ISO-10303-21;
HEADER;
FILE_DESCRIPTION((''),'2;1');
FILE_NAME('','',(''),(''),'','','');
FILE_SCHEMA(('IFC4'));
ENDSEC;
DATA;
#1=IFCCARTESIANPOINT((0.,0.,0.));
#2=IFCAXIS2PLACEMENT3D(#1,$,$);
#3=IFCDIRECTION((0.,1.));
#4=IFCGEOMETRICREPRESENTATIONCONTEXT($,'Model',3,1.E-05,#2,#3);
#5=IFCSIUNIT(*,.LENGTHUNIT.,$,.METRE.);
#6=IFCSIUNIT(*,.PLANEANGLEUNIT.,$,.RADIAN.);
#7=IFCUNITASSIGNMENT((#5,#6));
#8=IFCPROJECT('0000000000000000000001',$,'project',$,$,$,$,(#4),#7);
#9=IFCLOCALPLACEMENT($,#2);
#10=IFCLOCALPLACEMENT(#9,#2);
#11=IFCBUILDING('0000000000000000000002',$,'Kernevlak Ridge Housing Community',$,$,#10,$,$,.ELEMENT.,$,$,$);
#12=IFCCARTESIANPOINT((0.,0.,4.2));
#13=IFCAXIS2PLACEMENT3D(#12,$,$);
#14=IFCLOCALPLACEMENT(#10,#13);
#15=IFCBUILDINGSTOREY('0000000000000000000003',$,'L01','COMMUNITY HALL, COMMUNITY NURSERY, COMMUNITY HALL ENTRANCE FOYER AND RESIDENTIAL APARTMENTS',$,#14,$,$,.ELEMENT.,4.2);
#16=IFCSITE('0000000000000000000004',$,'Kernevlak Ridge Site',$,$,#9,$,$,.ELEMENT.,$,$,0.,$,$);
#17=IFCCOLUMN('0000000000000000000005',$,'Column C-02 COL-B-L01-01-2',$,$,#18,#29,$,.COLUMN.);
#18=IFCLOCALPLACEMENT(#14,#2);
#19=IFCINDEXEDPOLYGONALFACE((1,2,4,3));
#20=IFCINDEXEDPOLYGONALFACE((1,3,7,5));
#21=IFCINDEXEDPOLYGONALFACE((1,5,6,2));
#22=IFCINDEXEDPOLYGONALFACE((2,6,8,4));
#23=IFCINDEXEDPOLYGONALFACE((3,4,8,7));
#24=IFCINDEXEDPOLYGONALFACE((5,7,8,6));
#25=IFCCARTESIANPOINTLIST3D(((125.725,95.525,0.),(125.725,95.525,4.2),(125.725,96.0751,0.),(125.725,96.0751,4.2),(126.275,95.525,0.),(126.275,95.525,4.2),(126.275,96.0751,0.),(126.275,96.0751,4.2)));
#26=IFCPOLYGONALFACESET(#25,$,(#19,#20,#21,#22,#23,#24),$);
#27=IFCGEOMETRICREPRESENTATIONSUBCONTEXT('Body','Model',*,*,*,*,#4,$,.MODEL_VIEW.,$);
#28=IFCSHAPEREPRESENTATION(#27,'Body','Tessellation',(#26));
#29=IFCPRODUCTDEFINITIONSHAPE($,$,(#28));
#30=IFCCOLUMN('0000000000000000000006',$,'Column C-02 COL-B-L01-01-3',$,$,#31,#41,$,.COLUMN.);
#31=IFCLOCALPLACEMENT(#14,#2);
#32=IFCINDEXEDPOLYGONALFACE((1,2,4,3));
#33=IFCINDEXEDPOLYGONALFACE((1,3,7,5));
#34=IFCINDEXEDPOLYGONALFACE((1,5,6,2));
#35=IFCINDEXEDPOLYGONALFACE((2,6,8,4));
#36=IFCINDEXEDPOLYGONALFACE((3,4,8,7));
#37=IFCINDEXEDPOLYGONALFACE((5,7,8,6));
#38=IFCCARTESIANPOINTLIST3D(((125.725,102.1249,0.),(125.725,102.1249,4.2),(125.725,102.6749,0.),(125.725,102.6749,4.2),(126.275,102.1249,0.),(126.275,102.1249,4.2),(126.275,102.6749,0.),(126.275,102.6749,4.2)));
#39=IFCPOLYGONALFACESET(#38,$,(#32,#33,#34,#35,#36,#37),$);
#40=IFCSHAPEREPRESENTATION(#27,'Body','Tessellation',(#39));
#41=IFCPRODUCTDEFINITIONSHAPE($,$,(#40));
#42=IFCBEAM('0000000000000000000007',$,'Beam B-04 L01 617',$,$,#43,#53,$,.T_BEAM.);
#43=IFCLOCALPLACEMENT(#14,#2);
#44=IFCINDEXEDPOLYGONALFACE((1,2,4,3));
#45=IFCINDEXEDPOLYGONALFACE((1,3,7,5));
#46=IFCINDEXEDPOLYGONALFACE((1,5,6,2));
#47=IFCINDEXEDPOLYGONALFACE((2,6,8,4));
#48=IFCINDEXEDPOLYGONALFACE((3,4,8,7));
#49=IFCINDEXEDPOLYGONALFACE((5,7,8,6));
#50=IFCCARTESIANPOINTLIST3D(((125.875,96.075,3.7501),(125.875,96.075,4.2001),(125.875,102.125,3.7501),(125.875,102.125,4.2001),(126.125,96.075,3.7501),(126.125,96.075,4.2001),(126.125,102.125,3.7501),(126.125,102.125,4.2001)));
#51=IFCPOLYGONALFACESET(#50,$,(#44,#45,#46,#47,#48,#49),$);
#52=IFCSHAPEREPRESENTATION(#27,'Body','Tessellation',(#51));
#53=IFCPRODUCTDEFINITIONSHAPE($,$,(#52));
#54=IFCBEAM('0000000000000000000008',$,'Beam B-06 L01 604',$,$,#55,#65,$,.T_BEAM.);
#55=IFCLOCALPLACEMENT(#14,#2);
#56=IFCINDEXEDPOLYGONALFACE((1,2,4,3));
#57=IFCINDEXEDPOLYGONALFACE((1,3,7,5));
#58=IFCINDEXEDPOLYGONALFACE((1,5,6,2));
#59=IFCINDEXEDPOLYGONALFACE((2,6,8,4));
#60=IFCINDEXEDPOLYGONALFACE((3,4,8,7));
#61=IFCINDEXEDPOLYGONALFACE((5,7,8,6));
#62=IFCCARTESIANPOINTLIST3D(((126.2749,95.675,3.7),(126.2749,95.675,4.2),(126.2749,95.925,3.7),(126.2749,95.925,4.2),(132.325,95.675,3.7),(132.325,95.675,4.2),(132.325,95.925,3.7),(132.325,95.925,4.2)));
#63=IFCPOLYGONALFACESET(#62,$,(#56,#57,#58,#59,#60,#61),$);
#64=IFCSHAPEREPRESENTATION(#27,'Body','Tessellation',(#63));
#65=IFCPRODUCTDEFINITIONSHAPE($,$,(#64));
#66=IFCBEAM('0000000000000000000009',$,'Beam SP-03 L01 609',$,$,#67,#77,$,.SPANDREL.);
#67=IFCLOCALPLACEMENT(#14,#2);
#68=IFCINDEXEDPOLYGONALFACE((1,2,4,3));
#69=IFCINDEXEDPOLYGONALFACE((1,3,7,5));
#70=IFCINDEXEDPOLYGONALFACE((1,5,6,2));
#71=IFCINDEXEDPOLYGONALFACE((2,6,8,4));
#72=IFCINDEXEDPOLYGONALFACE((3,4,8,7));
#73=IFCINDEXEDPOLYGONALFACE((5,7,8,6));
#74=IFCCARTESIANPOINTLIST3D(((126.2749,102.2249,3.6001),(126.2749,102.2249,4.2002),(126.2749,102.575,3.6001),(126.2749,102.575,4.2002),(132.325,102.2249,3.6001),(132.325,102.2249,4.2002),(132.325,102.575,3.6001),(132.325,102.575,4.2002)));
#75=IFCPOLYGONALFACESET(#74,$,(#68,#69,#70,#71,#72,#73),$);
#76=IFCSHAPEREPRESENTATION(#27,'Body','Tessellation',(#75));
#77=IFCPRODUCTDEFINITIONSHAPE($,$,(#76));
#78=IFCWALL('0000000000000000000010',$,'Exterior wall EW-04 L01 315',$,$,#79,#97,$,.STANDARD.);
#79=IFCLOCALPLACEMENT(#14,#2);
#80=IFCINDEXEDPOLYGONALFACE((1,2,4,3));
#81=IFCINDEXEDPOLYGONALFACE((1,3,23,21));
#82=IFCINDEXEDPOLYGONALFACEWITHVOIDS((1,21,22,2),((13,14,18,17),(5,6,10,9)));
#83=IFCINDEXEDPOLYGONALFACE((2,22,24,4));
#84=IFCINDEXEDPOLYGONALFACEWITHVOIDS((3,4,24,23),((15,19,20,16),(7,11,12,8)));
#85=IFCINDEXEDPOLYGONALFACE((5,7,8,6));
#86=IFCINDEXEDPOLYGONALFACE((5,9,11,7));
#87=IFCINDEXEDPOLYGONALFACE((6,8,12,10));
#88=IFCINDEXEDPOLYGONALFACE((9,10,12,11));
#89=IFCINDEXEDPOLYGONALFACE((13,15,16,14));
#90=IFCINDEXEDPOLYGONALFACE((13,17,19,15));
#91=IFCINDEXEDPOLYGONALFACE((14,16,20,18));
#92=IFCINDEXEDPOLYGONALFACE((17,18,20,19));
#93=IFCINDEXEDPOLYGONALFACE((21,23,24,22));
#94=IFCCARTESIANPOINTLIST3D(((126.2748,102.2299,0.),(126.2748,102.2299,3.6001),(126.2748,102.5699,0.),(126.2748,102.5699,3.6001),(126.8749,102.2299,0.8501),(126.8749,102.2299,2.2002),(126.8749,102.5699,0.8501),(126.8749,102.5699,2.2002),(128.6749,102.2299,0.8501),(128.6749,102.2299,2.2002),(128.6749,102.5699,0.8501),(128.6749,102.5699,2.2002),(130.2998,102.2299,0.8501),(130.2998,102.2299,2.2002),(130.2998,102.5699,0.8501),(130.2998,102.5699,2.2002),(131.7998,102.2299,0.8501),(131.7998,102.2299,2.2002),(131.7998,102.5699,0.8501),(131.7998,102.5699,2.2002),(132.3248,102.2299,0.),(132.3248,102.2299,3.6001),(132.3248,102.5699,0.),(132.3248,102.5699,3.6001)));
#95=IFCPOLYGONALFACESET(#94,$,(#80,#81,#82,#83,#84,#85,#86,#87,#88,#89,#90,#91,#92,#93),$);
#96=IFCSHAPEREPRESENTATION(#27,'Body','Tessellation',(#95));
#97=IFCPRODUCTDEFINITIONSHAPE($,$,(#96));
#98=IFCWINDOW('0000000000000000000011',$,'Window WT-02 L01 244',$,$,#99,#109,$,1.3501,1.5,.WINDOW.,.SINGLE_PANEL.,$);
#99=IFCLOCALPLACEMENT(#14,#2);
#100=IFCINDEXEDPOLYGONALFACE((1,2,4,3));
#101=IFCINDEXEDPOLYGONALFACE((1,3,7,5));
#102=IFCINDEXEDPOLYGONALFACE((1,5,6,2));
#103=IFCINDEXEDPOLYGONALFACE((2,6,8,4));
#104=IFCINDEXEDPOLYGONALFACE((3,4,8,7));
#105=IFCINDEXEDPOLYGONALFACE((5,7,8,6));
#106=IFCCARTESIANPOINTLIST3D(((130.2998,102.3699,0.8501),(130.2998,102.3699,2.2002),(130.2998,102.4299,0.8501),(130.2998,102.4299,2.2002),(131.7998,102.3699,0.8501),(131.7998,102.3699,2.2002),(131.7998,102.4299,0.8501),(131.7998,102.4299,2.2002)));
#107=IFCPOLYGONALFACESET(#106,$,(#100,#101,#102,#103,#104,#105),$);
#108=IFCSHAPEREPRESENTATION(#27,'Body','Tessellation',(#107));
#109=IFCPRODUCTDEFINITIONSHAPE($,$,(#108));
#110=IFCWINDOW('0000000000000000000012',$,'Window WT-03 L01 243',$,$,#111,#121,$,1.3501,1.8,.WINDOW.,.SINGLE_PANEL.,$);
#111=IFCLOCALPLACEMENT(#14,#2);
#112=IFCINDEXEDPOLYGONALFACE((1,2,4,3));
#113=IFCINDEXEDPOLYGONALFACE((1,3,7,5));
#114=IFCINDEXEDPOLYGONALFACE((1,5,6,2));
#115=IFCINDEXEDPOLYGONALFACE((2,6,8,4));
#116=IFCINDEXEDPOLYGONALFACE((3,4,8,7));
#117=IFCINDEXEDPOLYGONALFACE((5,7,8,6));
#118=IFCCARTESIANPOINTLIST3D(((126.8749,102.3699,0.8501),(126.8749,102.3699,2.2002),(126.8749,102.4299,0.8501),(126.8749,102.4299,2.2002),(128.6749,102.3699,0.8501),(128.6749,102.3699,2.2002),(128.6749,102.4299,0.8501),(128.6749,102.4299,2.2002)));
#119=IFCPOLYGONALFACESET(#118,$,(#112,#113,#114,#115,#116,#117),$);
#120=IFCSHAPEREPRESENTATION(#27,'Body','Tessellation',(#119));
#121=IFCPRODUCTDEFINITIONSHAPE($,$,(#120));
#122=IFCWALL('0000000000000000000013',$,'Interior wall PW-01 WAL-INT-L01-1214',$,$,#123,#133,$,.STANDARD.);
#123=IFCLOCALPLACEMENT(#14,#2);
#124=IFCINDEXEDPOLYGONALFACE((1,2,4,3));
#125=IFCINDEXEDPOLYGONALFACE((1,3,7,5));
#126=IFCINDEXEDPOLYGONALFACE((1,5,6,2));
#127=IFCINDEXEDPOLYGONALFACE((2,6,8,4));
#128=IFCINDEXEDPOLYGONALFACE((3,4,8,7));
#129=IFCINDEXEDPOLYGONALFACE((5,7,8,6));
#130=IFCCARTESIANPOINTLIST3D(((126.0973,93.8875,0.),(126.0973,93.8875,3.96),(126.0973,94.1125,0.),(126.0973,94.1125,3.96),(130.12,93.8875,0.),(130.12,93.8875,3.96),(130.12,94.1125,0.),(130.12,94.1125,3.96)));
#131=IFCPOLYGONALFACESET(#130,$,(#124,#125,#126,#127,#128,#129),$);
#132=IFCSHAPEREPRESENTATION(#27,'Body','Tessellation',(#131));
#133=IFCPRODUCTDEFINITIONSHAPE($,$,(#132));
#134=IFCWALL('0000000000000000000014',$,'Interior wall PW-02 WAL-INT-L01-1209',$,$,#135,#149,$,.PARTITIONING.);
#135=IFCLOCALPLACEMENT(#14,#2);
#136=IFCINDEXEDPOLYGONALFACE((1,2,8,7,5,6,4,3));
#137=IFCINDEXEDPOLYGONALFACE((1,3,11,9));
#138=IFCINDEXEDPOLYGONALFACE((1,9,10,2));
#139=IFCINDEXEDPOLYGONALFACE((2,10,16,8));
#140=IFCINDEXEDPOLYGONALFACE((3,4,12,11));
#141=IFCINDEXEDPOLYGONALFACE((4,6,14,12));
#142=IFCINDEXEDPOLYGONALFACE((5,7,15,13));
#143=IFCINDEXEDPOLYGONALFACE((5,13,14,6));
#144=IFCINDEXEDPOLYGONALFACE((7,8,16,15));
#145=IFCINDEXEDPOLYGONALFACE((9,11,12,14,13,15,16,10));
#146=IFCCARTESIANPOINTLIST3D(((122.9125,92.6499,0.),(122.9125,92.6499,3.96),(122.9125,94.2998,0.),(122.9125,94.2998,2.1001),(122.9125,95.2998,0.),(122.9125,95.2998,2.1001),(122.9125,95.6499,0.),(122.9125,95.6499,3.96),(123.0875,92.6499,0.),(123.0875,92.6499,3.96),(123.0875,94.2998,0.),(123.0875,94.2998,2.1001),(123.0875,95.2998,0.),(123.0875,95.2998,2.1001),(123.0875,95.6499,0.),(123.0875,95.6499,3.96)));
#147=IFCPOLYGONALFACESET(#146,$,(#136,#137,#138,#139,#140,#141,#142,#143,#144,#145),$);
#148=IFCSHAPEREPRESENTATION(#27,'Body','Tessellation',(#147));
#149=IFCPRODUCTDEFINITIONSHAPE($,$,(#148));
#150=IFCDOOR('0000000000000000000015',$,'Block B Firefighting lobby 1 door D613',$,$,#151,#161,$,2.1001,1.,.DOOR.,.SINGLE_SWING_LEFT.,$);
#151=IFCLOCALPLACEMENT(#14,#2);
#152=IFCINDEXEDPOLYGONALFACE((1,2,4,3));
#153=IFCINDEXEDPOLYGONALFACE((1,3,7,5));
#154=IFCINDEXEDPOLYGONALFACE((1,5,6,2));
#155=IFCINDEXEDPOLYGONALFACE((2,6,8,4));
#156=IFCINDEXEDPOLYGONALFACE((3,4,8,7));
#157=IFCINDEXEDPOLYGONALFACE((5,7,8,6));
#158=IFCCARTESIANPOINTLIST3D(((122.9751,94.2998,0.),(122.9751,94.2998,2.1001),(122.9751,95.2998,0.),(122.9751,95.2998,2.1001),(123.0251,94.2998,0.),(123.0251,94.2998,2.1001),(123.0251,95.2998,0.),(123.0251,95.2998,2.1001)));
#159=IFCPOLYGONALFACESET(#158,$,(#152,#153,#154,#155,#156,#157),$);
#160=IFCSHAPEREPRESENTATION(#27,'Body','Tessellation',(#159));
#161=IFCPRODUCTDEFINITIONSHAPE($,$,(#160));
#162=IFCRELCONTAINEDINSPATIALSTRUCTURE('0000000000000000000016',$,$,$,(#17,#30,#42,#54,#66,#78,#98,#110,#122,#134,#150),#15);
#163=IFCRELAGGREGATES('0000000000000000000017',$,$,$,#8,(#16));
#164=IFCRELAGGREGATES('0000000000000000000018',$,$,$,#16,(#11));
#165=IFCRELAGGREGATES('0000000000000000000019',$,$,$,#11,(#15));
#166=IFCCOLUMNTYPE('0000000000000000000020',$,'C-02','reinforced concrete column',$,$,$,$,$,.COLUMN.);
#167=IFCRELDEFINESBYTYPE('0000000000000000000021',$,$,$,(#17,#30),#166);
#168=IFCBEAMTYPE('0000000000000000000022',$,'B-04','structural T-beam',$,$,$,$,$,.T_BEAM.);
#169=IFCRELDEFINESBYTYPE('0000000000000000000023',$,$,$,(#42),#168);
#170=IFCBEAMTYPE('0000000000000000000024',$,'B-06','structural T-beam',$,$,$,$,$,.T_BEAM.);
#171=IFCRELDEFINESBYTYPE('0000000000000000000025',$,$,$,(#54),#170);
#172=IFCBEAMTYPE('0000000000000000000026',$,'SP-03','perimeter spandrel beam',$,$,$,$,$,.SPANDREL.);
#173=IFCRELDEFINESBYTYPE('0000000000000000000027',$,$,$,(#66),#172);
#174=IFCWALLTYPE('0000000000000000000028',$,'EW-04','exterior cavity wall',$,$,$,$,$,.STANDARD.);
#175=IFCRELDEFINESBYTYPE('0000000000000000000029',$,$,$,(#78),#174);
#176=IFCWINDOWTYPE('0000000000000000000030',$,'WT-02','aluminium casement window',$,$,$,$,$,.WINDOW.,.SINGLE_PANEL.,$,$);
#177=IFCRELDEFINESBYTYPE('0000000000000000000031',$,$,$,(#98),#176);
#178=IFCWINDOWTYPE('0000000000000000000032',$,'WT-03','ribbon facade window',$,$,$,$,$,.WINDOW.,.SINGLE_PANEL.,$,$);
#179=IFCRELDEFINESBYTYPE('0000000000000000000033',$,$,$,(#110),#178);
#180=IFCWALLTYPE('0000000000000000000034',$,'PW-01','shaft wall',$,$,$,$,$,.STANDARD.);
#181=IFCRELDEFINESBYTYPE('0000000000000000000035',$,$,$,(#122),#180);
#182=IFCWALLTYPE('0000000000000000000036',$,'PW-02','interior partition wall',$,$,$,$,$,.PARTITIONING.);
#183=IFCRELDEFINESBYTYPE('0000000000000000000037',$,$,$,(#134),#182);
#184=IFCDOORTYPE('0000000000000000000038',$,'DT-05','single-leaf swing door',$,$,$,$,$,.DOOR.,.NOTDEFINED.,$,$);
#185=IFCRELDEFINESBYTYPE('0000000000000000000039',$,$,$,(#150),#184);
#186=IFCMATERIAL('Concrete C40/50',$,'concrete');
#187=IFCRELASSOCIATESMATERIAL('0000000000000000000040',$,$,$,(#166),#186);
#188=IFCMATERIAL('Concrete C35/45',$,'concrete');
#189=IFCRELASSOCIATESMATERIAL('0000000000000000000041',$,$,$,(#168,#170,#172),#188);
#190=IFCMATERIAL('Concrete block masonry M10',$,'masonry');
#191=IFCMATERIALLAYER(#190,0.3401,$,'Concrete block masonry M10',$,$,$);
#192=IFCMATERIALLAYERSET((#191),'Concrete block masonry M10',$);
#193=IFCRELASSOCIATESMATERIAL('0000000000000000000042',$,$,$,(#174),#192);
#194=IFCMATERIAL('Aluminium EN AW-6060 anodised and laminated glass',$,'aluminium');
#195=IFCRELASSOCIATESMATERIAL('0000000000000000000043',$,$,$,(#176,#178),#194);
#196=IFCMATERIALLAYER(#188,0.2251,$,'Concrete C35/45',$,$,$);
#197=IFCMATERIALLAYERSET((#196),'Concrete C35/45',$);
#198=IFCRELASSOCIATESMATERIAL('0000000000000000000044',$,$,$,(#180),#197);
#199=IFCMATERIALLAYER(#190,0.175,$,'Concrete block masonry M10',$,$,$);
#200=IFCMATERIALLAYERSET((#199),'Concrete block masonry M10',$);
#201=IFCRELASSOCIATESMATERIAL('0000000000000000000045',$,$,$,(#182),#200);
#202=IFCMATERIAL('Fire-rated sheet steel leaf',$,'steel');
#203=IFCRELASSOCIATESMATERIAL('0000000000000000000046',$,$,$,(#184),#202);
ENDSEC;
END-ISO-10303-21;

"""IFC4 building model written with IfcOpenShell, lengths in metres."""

from ifc_helpers import new_model, si_unit, direction, frame, frame_2d, origin, origin_2d, place, context, subcontext, project, spatial, rectangle, extrude, material, layer, layer_set, material_profile, profile_set, type_object, element, fill, save


model = new_model("IFC4")

# Units and contexts
model_context = context("Model", 3, precision=1e-05, world=origin(), true_north=direction((0.0, 1.0)))
body_context = subcontext(model_context, "Body", "Model", "MODEL_VIEW")
ifc_project = project(units=[si_unit("LENGTHUNIT", "METRE"), si_unit("PLANEANGLEUNIT", "RADIAN")], contexts=[model_context])

# Site, building, storey
site_placement = place(None, origin())
site = spatial("IfcSite", under=ifc_project, at=site_placement, Name="Kernevlak Ridge Site", CompositionType="ELEMENT", RefElevation=0.0)
building_placement = place(site_placement, origin())
building = spatial("IfcBuilding", under=site, at=building_placement, Name="Kernevlak Ridge Housing Community", CompositionType="ELEMENT")
storey_placement = place(building_placement, frame((0.0, 0.0, 4.2)))
storey = spatial("IfcBuildingStorey", under=building, at=storey_placement, Name="L01", Description="COMMUNITY HALL, COMMUNITY NURSERY, COMMUNITY HALL ENTRANCE FOYER AND RESIDENTIAL APARTMENTS", CompositionType="ELEMENT", Elevation=4.2)

# Columns
ifc_material_1 = material(Name="Concrete C40/50", Category="concrete")
ifc_material_profile_1 = material_profile(ifc_material_1, rectangle(XDim=0.55, YDim=0.55, at=origin_2d()), Name="RC 550x550")
ifc_profile_set_1 = profile_set([ifc_material_profile_1], Name="Concrete C40/50")
column_type = type_object("IfcColumnType", Name="C-02", Description="reinforced concrete column", PredefinedType="COLUMN", material=ifc_profile_set_1)
for number, where, z_axis, x_axis, name in (
    (1, (126.0, 95.8, 0.0), (0.0, 0.0, 1.0), (1.0, 0.0, 0.0), "Column C-02 COL-B-L01-01-2"),
    (2, (126.0, 102.3999, 0.0), (0.0, 0.0, 1.0), (1.0, 0.0, 0.0), "Column C-02 COL-B-L01-01-3"),
):
    element("IfcColumn", number, at=place(storey_placement, frame(where, z_axis=z_axis, x_axis=x_axis)), inside=storey, type_object=column_type, Name=name, PredefinedType="COLUMN", context=body_context, shape_type="SweptSolid", body=[
        extrude(rectangle(XDim=0.55, YDim=0.55, at=origin_2d()), origin(), (0.0, 0.0, 1.0), 4.2),
    ])

# Beams
ifc_material_2 = material(Name="Concrete C35/45", Category="concrete")
ifc_material_profile_2 = material_profile(ifc_material_2, rectangle(XDim=0.25, YDim=0.45, at=origin_2d()), Name="RC 250x450")
ifc_profile_set_2 = profile_set([ifc_material_profile_2], Name="Concrete C35/45")
beam_type_1 = type_object("IfcBeamType", Name="B-04", Description="structural T-beam", PredefinedType="T_BEAM", material=ifc_profile_set_2)
beam_1_placement = place(storey_placement, frame((126.0, 96.075, 3.9751), z_axis=(0.0, 1.0, 0.0), x_axis=(-1.0, 0.0, 0.0)))
element("IfcBeam", 3, at=beam_1_placement, inside=storey, type_object=beam_type_1, Name="Beam B-04 L01 617", PredefinedType="T_BEAM", context=body_context, shape_type="SweptSolid", body=[
    extrude(rectangle(XDim=0.25, YDim=0.45, at=origin_2d()), origin(), (0.0, 0.0, 1.0), 6.05),
])
ifc_material_profile_3 = material_profile(ifc_material_2, rectangle(XDim=0.25, YDim=0.5, at=origin_2d()), Name="RC 250x500")
ifc_profile_set_3 = profile_set([ifc_material_profile_3], Name="Concrete C35/45")
beam_type_2 = type_object("IfcBeamType", Name="B-06", Description="structural T-beam", PredefinedType="T_BEAM", material=ifc_profile_set_3)
beam_2_placement = place(storey_placement, frame((126.2749, 95.8, 3.95), z_axis=(1.0, 0.0, 0.0), x_axis=(0.0, 1.0, 0.0)))
element("IfcBeam", 4, at=beam_2_placement, inside=storey, type_object=beam_type_2, Name="Beam B-06 L01 604", PredefinedType="T_BEAM", context=body_context, shape_type="SweptSolid", body=[
    extrude(rectangle(XDim=0.25, YDim=0.5, at=origin_2d()), origin(), (0.0, 0.0, 1.0), 6.05),
])
ifc_material_profile_4 = material_profile(ifc_material_2, rectangle(XDim=0.3501, YDim=0.6001, at=origin_2d()), Name="RC 350x600")
ifc_profile_set_4 = profile_set([ifc_material_profile_4], Name="Concrete C35/45")
beam_type_3 = type_object("IfcBeamType", Name="SP-03", Description="perimeter spandrel beam", PredefinedType="SPANDREL", material=ifc_profile_set_4)
beam_3_placement = place(storey_placement, frame((126.2749, 102.3999, 3.9001), z_axis=(1.0, 0.0, 0.0), x_axis=(0.0, 1.0, 0.0)))
element("IfcBeam", 5, at=beam_3_placement, inside=storey, type_object=beam_type_3, Name="Beam SP-03 L01 609", PredefinedType="SPANDREL", context=body_context, shape_type="SweptSolid", body=[
    extrude(rectangle(XDim=0.3501, YDim=0.6001, at=origin_2d()), origin(), (0.0, 0.0, 1.0), 6.05),
])

# Wall, openings, windows
ifc_material_3 = material(Name="Concrete block masonry M10", Category="masonry")
ifc_layer_1 = layer(ifc_material_3, 0.3401, Name="Concrete block masonry M10")
ifc_layer_set_1 = layer_set([ifc_layer_1], Name="Concrete block masonry M10")
wall_type_1 = type_object("IfcWallType", Name="EW-04", Description="exterior cavity wall", PredefinedType="STANDARD", material=ifc_layer_set_1)
wall_1_placement = place(storey_placement, frame((126.2749, 102.3999, 0.0), z_axis=(0.0, 0.0, 1.0), x_axis=(1.0, 0.0, 0.0)))
wall_1 = element("IfcWall", 6, at=wall_1_placement, inside=storey, type_object=wall_type_1, Name="Exterior wall EW-04 L01 315", PredefinedType="STANDARD", context=body_context, shape_type="SweptSolid", body=[
    extrude(rectangle(XDim=6.05, YDim=0.3401, at=frame_2d((3.0249, 0.0))), origin(), (0.0, 0.0, 1.0), 3.6001),
])
opening_1_placement = place(wall_1_placement, frame((0.6001, 0.0, 0.8501)))
opening_1 = element("IfcOpeningElement", 7, at=opening_1_placement, cuts=wall_1, PredefinedType="OPENING", context=body_context, shape_type="SweptSolid", body=[
    extrude(rectangle(XDim=1.8, YDim=1.3501, at=frame_2d((0.8999, 0.675))), frame((0.0, 0.1799, 0.0), z_axis=(0.0, -1.0, 0.0), x_axis=(1.0, 0.0, 0.0)), (0.0, 0.0, 1.0), 0.3601),
])
opening_2_placement = place(wall_1_placement, frame((4.0249, 0.0, 0.8501)))
opening_2 = element("IfcOpeningElement", 8, at=opening_2_placement, cuts=wall_1, PredefinedType="OPENING", context=body_context, shape_type="SweptSolid", body=[
    extrude(rectangle(XDim=1.5, YDim=1.3501, at=frame_2d((0.75, 0.675))), frame((0.0, 0.1799, 0.0), z_axis=(0.0, -1.0, 0.0), x_axis=(1.0, 0.0, 0.0)), (0.0, 0.0, 1.0), 0.3601),
])
ifc_material_4 = material(Name="Aluminium EN AW-6060 anodised and laminated glass", Category="aluminium")
window_type_1 = type_object("IfcWindowType", Name="WT-02", Description="aluminium casement window", PartitioningType="SINGLE_PANEL", PredefinedType="WINDOW", material=ifc_material_4)
window_1_placement = place(opening_2_placement, origin())
window_1 = element("IfcWindow", 9, at=window_1_placement, inside=storey, type_object=window_type_1, Name="Window WT-02 L01 244", OverallHeight=1.3501, OverallWidth=1.5, PartitioningType="SINGLE_PANEL", PredefinedType="WINDOW", context=body_context, shape_type="SweptSolid", body=[
    extrude(rectangle(XDim=1.5, YDim=1.3501, at=frame_2d((0.75, 0.675))), frame((0.0, 0.03, 0.0), z_axis=(0.0, -1.0, 0.0), x_axis=(1.0, 0.0, 0.0)), (0.0, 0.0, 1.0), 0.0601),
])
fill(opening_2, window_1)
window_type_2 = type_object("IfcWindowType", Name="WT-03", Description="ribbon facade window", PartitioningType="SINGLE_PANEL", PredefinedType="WINDOW", material=ifc_material_4)
window_2_placement = place(opening_1_placement, origin())
window_2 = element("IfcWindow", 10, at=window_2_placement, inside=storey, type_object=window_type_2, Name="Window WT-03 L01 243", OverallHeight=1.3501, OverallWidth=1.8, PartitioningType="SINGLE_PANEL", PredefinedType="WINDOW", context=body_context, shape_type="SweptSolid", body=[
    extrude(rectangle(XDim=1.8, YDim=1.3501, at=frame_2d((0.8999, 0.675))), frame((0.0, 0.03, 0.0), z_axis=(0.0, -1.0, 0.0), x_axis=(1.0, 0.0, 0.0)), (0.0, 0.0, 1.0), 0.0601),
])
fill(opening_1, window_2)

# Wall
ifc_layer_2 = layer(ifc_material_2, 0.2251, Name="Concrete C35/45")
ifc_layer_set_2 = layer_set([ifc_layer_2], Name="Concrete C35/45")
wall_type_2 = type_object("IfcWallType", Name="PW-01", Description="shaft wall", PredefinedType="STANDARD", material=ifc_layer_set_2)
wall_2_placement = place(storey_placement, frame((126.0974, 94.0, 0.0), z_axis=(0.0, 0.0, 1.0), x_axis=(1.0, 0.0, 0.0)))
element("IfcWall", 11, at=wall_2_placement, inside=storey, type_object=wall_type_2, Name="Interior wall PW-01 WAL-INT-L01-1214", PredefinedType="STANDARD", context=body_context, shape_type="SweptSolid", body=[
    extrude(rectangle(XDim=4.0227, YDim=0.2251, at=frame_2d((2.0112, 0.0))), origin(), (0.0, 0.0, 1.0), 3.96),
])

# Wall, opening, door
ifc_layer_3 = layer(ifc_material_3, 0.175, Name="Concrete block masonry M10")
ifc_layer_set_3 = layer_set([ifc_layer_3], Name="Concrete block masonry M10")
wall_type_3 = type_object("IfcWallType", Name="PW-02", Description="interior partition wall", PredefinedType="PARTITIONING", material=ifc_layer_set_3)
wall_3_placement = place(storey_placement, frame((123.0, 92.6499, 0.0), z_axis=(0.0, 0.0, 1.0), x_axis=(0.0, 1.0, 0.0)))
wall_3 = element("IfcWall", 12, at=wall_3_placement, inside=storey, type_object=wall_type_3, Name="Interior wall PW-02 WAL-INT-L01-1209", PredefinedType="PARTITIONING", context=body_context, shape_type="SweptSolid", body=[
    extrude(rectangle(XDim=3.0, YDim=0.175, at=frame_2d((1.5, 0.0))), origin(), (0.0, 0.0, 1.0), 3.96),
])
opening_3_placement = place(wall_3_placement, frame((1.6499, 0.0, 0.0)))
opening_3 = element("IfcOpeningElement", 13, at=opening_3_placement, cuts=wall_3, PredefinedType="OPENING", context=body_context, shape_type="SweptSolid", body=[
    extrude(rectangle(XDim=1.0, YDim=2.1001, at=frame_2d((0.5, 1.05))), frame((0.0, 0.0974, 0.0), z_axis=(0.0, -1.0, 0.0), x_axis=(1.0, 0.0, 0.0)), (0.0, 0.0, 1.0), 0.1951),
])
ifc_material_5 = material(Name="Fire-rated sheet steel leaf", Category="steel")
door_type_1 = type_object("IfcDoorType", Name="DT-05", Description="single-leaf swing door", OperationType="NOTDEFINED", PredefinedType="DOOR", material=ifc_material_5)
door_1_placement = place(opening_3_placement, origin())
door_1 = element("IfcDoor", 14, at=door_1_placement, inside=storey, type_object=door_type_1, Name="Block B Firefighting lobby 1 door D613", OperationType="SINGLE_SWING_LEFT", OverallHeight=2.1001, OverallWidth=1.0, PredefinedType="DOOR", context=body_context, shape_type="SweptSolid", body=[
    extrude(rectangle(XDim=1.0, YDim=2.1001, at=frame_2d((0.5, 1.05))), frame((0.0, 0.0249, 0.0), z_axis=(0.0, -1.0, 0.0), x_axis=(1.0, 0.0, 0.0)), (0.0, 0.0, 1.0), 0.05),
])
fill(opening_3, door_1)

save(model, "model.ifc")
